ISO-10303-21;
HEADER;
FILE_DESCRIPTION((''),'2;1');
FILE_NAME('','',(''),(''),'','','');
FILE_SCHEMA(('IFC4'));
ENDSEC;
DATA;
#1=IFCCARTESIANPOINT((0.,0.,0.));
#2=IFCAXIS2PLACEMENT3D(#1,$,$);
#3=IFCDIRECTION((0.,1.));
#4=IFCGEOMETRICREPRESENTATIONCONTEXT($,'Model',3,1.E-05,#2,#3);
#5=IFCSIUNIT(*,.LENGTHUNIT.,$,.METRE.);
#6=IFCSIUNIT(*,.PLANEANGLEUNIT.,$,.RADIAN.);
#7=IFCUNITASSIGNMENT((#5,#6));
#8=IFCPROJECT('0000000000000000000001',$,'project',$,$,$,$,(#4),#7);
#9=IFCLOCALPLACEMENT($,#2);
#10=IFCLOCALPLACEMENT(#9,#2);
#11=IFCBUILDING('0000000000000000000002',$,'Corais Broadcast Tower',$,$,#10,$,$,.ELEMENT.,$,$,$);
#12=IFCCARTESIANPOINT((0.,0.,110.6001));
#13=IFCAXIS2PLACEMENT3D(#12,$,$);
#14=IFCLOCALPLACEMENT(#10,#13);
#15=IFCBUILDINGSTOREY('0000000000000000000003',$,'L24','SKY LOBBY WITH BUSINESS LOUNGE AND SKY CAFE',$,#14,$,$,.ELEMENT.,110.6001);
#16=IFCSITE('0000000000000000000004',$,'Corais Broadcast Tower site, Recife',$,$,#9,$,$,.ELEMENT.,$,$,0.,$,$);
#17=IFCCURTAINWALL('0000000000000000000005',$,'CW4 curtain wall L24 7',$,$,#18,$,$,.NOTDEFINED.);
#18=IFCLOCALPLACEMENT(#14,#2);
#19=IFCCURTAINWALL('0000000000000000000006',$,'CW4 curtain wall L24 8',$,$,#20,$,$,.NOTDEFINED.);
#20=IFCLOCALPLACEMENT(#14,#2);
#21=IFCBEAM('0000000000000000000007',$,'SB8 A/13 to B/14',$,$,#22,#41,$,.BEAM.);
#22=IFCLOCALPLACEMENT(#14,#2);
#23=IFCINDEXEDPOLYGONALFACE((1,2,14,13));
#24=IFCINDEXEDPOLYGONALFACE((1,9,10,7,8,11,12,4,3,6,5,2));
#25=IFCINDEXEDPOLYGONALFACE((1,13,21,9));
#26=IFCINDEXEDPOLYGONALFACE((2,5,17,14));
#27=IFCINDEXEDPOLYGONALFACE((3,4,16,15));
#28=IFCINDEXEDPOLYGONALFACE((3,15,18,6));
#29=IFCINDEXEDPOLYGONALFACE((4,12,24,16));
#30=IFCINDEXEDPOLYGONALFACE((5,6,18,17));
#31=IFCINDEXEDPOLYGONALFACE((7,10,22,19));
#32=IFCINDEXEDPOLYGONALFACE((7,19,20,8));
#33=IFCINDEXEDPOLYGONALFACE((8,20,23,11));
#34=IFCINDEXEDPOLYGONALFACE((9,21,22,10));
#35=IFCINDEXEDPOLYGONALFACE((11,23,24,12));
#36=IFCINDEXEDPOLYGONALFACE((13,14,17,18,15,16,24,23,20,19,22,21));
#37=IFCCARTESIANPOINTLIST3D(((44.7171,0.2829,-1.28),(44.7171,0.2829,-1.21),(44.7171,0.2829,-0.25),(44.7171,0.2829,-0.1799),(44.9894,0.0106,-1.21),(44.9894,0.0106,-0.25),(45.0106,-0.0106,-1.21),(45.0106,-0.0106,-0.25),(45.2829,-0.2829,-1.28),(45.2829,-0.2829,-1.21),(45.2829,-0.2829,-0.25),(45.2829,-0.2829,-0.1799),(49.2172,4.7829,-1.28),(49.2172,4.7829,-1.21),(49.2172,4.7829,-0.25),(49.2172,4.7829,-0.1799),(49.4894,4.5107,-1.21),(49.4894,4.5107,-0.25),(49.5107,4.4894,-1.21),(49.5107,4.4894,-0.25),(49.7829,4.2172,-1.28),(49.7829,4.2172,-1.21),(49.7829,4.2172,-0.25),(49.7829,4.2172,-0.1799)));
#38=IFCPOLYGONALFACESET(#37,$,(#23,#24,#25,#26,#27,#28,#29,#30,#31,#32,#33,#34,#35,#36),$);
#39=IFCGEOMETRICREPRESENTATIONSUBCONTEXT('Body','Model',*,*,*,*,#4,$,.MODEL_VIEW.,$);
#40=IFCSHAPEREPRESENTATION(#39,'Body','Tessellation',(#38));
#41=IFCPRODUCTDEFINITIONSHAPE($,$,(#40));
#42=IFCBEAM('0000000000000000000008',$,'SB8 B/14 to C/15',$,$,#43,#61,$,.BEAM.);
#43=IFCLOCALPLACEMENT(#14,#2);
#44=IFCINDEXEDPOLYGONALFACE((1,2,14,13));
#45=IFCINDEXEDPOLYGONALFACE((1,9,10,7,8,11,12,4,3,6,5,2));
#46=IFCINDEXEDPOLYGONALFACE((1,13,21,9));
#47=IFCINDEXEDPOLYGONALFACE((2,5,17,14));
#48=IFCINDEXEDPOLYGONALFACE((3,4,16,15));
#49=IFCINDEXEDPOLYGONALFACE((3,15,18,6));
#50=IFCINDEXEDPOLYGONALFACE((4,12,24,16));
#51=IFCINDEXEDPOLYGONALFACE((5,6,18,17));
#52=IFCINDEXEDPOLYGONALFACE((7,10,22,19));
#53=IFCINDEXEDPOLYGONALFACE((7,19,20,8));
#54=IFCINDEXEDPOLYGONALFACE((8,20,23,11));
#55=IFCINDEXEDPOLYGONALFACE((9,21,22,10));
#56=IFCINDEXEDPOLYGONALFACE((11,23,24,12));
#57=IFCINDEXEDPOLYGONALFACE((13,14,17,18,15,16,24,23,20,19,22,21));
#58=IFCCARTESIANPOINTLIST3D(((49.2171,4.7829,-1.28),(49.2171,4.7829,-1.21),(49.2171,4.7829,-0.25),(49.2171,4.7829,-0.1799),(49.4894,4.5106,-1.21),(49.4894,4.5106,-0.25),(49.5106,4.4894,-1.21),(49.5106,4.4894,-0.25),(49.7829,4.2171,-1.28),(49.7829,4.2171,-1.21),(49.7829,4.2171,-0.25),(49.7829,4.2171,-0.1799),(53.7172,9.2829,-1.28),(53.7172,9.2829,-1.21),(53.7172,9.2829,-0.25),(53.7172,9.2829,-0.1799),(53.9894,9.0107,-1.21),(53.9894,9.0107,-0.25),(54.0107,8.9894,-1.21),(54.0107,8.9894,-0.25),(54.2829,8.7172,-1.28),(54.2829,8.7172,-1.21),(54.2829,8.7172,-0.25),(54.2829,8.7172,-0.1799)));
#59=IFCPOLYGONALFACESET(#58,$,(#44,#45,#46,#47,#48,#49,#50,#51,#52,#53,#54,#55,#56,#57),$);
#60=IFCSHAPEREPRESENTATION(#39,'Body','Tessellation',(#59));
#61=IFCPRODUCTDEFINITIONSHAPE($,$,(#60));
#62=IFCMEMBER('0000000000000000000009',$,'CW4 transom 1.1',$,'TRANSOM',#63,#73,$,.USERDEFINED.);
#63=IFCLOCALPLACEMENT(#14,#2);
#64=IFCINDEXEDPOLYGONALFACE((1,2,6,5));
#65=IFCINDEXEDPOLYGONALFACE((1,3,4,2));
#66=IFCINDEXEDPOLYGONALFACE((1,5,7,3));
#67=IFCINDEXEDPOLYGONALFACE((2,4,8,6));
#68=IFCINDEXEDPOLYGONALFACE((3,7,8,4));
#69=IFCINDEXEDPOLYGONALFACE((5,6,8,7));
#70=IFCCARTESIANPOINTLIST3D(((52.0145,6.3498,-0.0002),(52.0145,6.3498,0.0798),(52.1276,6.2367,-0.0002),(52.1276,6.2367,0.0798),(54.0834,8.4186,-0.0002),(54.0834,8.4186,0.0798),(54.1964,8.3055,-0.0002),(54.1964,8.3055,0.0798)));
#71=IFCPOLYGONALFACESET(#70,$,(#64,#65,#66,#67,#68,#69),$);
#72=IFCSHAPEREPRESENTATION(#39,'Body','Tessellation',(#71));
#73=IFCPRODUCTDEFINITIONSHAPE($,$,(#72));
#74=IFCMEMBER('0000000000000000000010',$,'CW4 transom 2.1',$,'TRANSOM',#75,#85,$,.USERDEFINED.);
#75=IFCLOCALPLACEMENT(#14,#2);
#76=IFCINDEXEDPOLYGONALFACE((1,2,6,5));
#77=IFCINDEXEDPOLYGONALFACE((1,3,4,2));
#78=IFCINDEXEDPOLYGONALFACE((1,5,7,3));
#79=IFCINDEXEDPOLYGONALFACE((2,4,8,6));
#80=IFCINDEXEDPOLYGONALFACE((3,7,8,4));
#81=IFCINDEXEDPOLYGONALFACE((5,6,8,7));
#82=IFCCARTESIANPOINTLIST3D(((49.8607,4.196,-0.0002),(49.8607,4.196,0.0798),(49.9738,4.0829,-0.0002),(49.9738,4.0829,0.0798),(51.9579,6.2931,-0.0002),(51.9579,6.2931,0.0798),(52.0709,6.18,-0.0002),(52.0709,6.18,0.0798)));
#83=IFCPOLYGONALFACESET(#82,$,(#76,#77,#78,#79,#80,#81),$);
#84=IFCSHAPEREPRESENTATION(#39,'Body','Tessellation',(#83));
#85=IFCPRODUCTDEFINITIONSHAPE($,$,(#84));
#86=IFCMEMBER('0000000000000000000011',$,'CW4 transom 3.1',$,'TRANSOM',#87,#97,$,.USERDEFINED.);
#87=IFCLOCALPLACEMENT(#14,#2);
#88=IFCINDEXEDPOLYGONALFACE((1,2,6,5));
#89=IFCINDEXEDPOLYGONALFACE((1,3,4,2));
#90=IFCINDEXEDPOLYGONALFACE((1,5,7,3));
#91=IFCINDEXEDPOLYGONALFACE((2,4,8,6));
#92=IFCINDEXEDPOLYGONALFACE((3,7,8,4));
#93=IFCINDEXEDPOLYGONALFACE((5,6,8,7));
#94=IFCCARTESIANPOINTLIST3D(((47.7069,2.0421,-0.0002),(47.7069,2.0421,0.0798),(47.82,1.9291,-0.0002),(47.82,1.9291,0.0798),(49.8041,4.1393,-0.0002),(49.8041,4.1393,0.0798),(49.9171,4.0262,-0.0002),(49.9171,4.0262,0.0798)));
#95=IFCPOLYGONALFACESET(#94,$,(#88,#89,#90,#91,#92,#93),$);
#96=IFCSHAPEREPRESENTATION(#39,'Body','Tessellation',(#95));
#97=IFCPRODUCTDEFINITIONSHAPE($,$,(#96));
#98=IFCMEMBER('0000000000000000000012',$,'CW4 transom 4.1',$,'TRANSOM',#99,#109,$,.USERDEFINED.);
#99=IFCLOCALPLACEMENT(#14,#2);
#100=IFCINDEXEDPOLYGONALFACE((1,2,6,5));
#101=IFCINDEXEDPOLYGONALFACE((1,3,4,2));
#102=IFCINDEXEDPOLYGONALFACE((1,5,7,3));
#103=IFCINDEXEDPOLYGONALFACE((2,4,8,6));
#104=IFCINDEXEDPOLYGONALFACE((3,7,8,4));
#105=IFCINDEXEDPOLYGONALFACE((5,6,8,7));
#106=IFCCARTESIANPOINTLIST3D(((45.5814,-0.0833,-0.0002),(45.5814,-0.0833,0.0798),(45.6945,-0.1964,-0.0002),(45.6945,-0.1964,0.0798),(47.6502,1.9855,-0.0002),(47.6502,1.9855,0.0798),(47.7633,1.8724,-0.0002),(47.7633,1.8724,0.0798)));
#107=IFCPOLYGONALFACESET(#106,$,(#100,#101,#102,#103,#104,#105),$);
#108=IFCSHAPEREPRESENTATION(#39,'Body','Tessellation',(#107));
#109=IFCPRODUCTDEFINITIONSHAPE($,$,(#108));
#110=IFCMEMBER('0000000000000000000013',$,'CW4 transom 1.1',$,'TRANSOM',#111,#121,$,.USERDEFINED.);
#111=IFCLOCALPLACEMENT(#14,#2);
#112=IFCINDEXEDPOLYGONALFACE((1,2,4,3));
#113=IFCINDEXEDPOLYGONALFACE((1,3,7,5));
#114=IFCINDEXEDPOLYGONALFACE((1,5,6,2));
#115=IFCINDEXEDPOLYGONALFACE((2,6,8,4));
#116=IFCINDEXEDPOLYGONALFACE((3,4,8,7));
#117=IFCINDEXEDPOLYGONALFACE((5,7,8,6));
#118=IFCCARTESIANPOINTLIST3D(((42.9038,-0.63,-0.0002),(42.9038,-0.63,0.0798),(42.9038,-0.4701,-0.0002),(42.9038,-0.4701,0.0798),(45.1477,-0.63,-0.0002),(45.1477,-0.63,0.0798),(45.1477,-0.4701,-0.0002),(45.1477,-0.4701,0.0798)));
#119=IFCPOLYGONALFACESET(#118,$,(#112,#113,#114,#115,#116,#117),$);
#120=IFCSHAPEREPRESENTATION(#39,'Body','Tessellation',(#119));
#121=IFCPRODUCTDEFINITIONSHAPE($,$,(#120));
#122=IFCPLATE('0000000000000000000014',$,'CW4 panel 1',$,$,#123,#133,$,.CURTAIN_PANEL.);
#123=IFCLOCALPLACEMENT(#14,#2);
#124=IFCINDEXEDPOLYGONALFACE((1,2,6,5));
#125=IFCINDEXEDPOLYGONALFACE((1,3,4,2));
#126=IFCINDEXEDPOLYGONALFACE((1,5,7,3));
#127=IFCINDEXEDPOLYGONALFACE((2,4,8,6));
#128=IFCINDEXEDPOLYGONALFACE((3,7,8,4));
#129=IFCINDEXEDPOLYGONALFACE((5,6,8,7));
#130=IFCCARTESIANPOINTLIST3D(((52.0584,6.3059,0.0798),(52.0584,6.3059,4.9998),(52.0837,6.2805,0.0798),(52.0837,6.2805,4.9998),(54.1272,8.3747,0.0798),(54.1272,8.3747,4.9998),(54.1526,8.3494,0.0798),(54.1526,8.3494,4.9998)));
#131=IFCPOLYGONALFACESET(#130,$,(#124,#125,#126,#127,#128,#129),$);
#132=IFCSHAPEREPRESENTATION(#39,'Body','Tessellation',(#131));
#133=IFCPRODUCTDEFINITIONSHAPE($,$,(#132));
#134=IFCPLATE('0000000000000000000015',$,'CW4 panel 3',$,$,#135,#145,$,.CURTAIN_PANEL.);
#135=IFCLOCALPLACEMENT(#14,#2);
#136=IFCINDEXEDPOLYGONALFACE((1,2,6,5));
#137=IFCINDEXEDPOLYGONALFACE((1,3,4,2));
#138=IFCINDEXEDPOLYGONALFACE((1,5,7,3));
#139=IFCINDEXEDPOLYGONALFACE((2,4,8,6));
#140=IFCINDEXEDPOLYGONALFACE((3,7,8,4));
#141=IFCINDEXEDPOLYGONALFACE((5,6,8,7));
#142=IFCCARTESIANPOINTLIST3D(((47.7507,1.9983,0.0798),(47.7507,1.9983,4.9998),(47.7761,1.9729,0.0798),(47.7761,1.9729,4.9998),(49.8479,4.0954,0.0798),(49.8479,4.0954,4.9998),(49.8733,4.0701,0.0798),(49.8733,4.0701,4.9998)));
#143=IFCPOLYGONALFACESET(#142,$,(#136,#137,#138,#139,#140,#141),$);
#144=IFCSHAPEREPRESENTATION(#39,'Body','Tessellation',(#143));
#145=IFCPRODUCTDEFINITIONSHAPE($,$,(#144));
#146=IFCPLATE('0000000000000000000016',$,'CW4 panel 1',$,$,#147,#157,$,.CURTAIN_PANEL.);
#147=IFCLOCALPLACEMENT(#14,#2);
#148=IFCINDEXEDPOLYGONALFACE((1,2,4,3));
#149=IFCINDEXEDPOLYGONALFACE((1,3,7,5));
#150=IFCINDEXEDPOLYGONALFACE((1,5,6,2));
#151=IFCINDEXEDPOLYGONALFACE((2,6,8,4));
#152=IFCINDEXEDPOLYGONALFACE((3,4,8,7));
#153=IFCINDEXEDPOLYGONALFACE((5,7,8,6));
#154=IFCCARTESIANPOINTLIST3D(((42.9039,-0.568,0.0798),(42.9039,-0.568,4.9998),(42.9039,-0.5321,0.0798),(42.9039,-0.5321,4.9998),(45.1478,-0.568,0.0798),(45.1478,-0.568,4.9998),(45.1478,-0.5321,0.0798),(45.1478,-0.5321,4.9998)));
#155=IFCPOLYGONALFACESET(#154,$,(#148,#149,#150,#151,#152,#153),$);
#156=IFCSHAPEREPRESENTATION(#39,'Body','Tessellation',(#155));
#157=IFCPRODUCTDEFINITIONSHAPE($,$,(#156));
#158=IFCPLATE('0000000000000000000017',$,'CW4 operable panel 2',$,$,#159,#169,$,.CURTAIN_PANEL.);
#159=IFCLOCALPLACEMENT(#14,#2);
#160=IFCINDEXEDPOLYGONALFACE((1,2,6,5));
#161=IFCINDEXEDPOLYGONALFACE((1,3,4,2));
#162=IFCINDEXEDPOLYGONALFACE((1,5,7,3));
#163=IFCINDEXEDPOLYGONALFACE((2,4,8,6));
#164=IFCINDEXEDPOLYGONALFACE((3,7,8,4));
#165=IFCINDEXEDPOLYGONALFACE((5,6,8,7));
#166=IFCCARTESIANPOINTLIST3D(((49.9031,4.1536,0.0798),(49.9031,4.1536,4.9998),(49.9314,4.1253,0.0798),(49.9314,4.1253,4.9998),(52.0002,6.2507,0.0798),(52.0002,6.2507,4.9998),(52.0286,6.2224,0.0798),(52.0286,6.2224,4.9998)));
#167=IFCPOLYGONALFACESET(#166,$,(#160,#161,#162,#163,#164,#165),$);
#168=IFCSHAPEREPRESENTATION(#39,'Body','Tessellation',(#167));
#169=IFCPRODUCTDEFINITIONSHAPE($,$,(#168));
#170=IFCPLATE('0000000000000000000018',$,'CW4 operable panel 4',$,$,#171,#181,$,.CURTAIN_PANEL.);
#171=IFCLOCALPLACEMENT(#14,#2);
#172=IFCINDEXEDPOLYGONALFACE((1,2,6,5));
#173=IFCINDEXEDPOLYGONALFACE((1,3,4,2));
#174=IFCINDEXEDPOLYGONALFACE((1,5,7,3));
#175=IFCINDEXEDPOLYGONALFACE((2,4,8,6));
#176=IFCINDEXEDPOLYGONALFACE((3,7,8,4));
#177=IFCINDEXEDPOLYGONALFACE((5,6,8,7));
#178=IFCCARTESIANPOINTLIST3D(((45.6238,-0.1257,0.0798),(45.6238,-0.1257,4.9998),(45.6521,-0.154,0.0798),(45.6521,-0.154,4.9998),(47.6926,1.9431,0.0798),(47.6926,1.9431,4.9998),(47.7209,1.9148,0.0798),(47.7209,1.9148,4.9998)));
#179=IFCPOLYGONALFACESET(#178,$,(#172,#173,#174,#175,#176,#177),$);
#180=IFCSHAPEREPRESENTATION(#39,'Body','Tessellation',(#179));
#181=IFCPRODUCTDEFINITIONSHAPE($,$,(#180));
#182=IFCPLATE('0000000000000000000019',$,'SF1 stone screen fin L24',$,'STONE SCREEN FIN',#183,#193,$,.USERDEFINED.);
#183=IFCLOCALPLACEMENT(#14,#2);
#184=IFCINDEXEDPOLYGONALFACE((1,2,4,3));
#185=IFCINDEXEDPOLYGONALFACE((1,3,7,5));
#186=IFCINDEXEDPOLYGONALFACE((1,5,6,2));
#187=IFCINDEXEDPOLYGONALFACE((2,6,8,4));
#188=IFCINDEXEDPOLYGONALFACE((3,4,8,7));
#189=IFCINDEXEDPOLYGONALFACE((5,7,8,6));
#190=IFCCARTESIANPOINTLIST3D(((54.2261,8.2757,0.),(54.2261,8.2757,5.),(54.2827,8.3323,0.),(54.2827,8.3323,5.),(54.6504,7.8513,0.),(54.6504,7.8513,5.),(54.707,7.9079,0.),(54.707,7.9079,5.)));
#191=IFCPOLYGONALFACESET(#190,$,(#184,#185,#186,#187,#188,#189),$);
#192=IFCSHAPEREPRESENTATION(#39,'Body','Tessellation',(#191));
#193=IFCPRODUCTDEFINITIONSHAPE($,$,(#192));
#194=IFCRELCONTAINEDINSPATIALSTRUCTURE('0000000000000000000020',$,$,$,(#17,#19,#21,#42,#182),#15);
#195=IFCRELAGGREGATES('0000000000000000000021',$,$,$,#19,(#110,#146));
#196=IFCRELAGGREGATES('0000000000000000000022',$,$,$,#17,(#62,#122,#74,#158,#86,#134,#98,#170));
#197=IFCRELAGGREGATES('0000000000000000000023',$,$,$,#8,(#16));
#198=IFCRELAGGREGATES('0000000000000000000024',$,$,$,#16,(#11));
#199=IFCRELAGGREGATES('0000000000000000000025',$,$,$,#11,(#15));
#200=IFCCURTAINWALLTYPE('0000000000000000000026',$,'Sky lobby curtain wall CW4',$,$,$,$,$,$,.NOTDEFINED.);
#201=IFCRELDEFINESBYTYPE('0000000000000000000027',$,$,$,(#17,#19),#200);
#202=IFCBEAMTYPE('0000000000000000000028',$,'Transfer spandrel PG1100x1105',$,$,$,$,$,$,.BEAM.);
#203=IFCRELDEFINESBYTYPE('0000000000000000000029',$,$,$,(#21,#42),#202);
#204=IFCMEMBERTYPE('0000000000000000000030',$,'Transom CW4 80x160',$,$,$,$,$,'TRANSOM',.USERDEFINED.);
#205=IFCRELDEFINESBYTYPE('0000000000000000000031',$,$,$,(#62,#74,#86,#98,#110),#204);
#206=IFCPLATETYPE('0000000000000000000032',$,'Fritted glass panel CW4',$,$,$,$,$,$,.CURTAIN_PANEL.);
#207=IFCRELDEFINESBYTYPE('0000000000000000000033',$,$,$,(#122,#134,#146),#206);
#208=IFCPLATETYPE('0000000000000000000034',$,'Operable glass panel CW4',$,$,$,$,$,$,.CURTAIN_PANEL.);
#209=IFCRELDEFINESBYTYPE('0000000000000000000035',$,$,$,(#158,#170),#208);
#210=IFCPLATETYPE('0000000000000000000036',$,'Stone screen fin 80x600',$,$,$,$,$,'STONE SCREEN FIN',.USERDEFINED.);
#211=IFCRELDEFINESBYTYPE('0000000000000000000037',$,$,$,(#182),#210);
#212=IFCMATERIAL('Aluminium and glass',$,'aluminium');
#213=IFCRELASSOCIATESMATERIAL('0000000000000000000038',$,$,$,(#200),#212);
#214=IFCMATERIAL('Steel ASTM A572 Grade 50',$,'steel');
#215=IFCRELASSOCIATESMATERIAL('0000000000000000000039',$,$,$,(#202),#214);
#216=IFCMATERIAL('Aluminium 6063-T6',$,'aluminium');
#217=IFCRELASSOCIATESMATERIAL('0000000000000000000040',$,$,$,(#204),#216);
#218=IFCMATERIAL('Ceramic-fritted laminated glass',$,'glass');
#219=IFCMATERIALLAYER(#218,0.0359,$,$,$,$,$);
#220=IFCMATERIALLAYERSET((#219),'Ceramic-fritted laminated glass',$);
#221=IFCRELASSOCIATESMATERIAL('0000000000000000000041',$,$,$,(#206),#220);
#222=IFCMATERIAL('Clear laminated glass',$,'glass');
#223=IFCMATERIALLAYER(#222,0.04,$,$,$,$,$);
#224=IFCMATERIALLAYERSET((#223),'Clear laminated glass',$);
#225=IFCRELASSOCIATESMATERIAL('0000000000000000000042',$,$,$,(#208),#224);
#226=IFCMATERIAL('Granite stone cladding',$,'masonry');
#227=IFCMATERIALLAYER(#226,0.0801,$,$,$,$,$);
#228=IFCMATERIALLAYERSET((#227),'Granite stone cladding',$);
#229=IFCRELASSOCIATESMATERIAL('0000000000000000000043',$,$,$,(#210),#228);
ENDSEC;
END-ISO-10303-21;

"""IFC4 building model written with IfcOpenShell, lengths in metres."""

from ifc_helpers import new_model, si_unit, direction, frame, origin, origin_2d, place, context, subcontext, project, spatial, rectangle, i_section, extrude, material, layer, layer_set, material_profile, profile_set, type_object, element, aggregate, save


model = new_model("IFC4")

# Units and contexts
model_context = context("Model", 3, precision=1e-05, world=origin(), true_north=direction((0.0, 1.0)))
body_context = subcontext(model_context, "Body", "Model", "MODEL_VIEW")
ifc_project = project(units=[si_unit("LENGTHUNIT", "METRE"), si_unit("PLANEANGLEUNIT", "RADIAN")], contexts=[model_context])

# Site, building, storey
site_placement = place(None, origin())
site = spatial("IfcSite", under=ifc_project, at=site_placement, Name="Corais Broadcast Tower site, Recife", CompositionType="ELEMENT", RefElevation=0.0)
building_placement = place(site_placement, origin())
building = spatial("IfcBuilding", under=site, at=building_placement, Name="Corais Broadcast Tower", CompositionType="ELEMENT")
storey_placement = place(building_placement, frame((0.0, 0.0, 110.6001)))
storey = spatial("IfcBuildingStorey", under=building, at=storey_placement, Name="L24", Description="SKY LOBBY WITH BUSINESS LOUNGE AND SKY CAFE", CompositionType="ELEMENT", Elevation=110.6001)

# Shared definitions
ifc_material_1 = material(Name="Aluminium and glass", Category="aluminium")
curtain_wall_type = type_object("IfcCurtainWallType", Name="Sky lobby curtain wall CW4", PredefinedType="NOTDEFINED", material=ifc_material_1)

# Curtain wall
curtain_wall_1_placement = place(storey_placement, origin())
curtain_wall_1 = element("IfcCurtainWall", 1, at=curtain_wall_1_placement, inside=storey, type_object=curtain_wall_type, Name="CW4 curtain wall L24 7", PredefinedType="NOTDEFINED")

# Curtain wall
curtain_wall_2_placement = place(storey_placement, origin())
curtain_wall_2 = element("IfcCurtainWall", 2, at=curtain_wall_2_placement, inside=storey, type_object=curtain_wall_type, Name="CW4 curtain wall L24 8", PredefinedType="NOTDEFINED")

# Beams
ifc_material_2 = material(Name="Steel ASTM A572 Grade 50", Category="steel")
ifc_material_profile_1 = material_profile(ifc_material_2, i_section(OverallWidth=0.8, OverallDepth=1.1001, WebThickness=0.03, FlangeThickness=0.0701, at=origin_2d()), Name="PG1100x1105")
ifc_profile_set_1 = profile_set([ifc_material_profile_1], Name="Steel ASTM A572 Grade 50")
beam_type_1 = type_object("IfcBeamType", Name="Transfer spandrel PG1100x1105", PredefinedType="BEAM", material=ifc_profile_set_1)
for number, where, z_axis, x_axis, name in (
    (3, (45.0, 0.0, -0.73), (0.707107, 0.707107, 0.0), (-0.707107, 0.707107, 0.0), "SB8 A/13 to B/14"),
    (4, (49.5, 4.5, -0.73), (0.707107, 0.707107, 0.0), (-0.707107, 0.707107, 0.0), "SB8 B/14 to C/15"),
):
    element("IfcBeam", number, at=place(storey_placement, frame(where, z_axis=z_axis, x_axis=x_axis)), inside=storey, type_object=beam_type_1, Name=name, PredefinedType="BEAM", context=body_context, shape_type="SweptSolid", body=[
        extrude(i_section(OverallWidth=0.8, OverallDepth=1.1001, WebThickness=0.03, FlangeThickness=0.0701, at=origin_2d()), origin(), (0.0, 0.0, 1.0), 6.364),
    ])

# Members
ifc_material_3 = material(Name="Aluminium 6063-T6", Category="aluminium")
ifc_material_profile_2 = material_profile(ifc_material_3, rectangle(XDim=0.1599, YDim=0.0801, at=origin_2d()), Name="Transom CW4 80x160")
ifc_profile_set_2 = profile_set([ifc_material_profile_2], Name="Aluminium 6063-T6")
member_type_1 = type_object("IfcMemberType", Name="Transom CW4 80x160", ElementType="TRANSOM", PredefinedType="USERDEFINED", material=ifc_profile_set_2)
member_1_placement = place(storey_placement, frame((54.1399, 8.3621, 0.0398), z_axis=(-0.707107, -0.707107, 0.0), x_axis=(0.707107, -0.707107, 0.0)))
member_1 = element("IfcMember", 5, at=member_1_placement, type_object=member_type_1, Name="CW4 transom 1.1", ObjectType="TRANSOM", PredefinedType="USERDEFINED", context=body_context, shape_type="SweptSolid", body=[
    extrude(rectangle(XDim=0.1599, YDim=0.0801, at=origin_2d()), origin(), (0.0, 0.0, 1.0), 2.9258),
])
member_2_placement = place(storey_placement, frame((52.0144, 6.2366, 0.0398), z_axis=(-0.707107, -0.707107, 0.0), x_axis=(0.707107, -0.707107, 0.0)))
member_2 = element("IfcMember", 6, at=member_2_placement, type_object=member_type_1, Name="CW4 transom 2.1", ObjectType="TRANSOM", PredefinedType="USERDEFINED", context=body_context, shape_type="SweptSolid", body=[
    extrude(rectangle(XDim=0.1599, YDim=0.0801, at=origin_2d()), origin(), (0.0, 0.0, 1.0), 2.9658),
])
member_3_placement = place(storey_placement, frame((49.8606, 4.0828, 0.0398), z_axis=(-0.707107, -0.707107, 0.0), x_axis=(0.707107, -0.707107, 0.0)))
member_3 = element("IfcMember", 7, at=member_3_placement, type_object=member_type_1, Name="CW4 transom 3.1", ObjectType="TRANSOM", PredefinedType="USERDEFINED", context=body_context, shape_type="SweptSolid", body=[
    extrude(rectangle(XDim=0.1599, YDim=0.0801, at=origin_2d()), origin(), (0.0, 0.0, 1.0), 2.9658),
])
member_4_placement = place(storey_placement, frame((47.7068, 1.929, 0.0398), z_axis=(-0.707107, -0.707107, 0.0), x_axis=(0.707107, -0.707107, 0.0)))
member_4 = element("IfcMember", 8, at=member_4_placement, type_object=member_type_1, Name="CW4 transom 4.1", ObjectType="TRANSOM", PredefinedType="USERDEFINED", context=body_context, shape_type="SweptSolid", body=[
    extrude(rectangle(XDim=0.1599, YDim=0.0801, at=origin_2d()), origin(), (0.0, 0.0, 1.0), 2.9258),
])
member_5_placement = place(storey_placement, frame((45.1477, -0.55, 0.0398), z_axis=(-1.0, 0.0, 0.0), x_axis=(0.0, -1.0, 0.0)))
member_5 = element("IfcMember", 9, at=member_5_placement, type_object=member_type_1, Name="CW4 transom 1.1", ObjectType="TRANSOM", PredefinedType="USERDEFINED", context=body_context, shape_type="SweptSolid", body=[
    extrude(rectangle(XDim=0.1599, YDim=0.0801, at=origin_2d()), origin(), (0.0, 0.0, 1.0), 2.2439),
])

# Plates
ifc_material_4 = material(Name="Ceramic-fritted laminated glass", Category="glass")
ifc_layer_1 = layer(ifc_material_4, 0.0359)
ifc_layer_set_1 = layer_set([ifc_layer_1], Name="Ceramic-fritted laminated glass")
plate_type_1 = type_object("IfcPlateType", Name="Fritted glass panel CW4", PredefinedType="CURTAIN_PANEL", material=ifc_layer_set_1)
plate_1_placement = place(storey_placement, frame((53.1055, 7.3276, 0.0798), z_axis=(0.0, 0.0, 1.0), x_axis=(-0.707107, -0.707107, 0.0)))
plate_1 = element("IfcPlate", 10, at=plate_1_placement, type_object=plate_type_1, Name="CW4 panel 1", PredefinedType="CURTAIN_PANEL", context=body_context, shape_type="SweptSolid", body=[
    extrude(rectangle(XDim=2.9258, YDim=0.0359, at=origin_2d()), origin(), (0.0, 0.0, 1.0), 4.9199),
])
plate_2_placement = place(storey_placement, frame((48.812, 3.0342, 0.0798), z_axis=(0.0, 0.0, 1.0), x_axis=(-0.707107, -0.707107, 0.0)))
plate_2 = element("IfcPlate", 11, at=plate_2_placement, type_object=plate_type_1, Name="CW4 panel 3", PredefinedType="CURTAIN_PANEL", context=body_context, shape_type="SweptSolid", body=[
    extrude(rectangle(XDim=2.9658, YDim=0.0359, at=origin_2d()), origin(), (0.0, 0.0, 1.0), 4.9199),
])
plate_3_placement = place(storey_placement, frame((44.0259, -0.55, 0.0798), z_axis=(0.0, 0.0, 1.0), x_axis=(-1.0, 0.0, 0.0)))
plate_3 = element("IfcPlate", 12, at=plate_3_placement, type_object=plate_type_1, Name="CW4 panel 1", PredefinedType="CURTAIN_PANEL", context=body_context, shape_type="SweptSolid", body=[
    extrude(rectangle(XDim=2.2439, YDim=0.0359, at=origin_2d()), origin(), (0.0, 0.0, 1.0), 4.9199),
])
aggregate(curtain_wall_2, [member_5, plate_3])
ifc_material_5 = material(Name="Clear laminated glass", Category="glass")
ifc_layer_2 = layer(ifc_material_5, 0.04)
ifc_layer_set_2 = layer_set([ifc_layer_2], Name="Clear laminated glass")
plate_type_2 = type_object("IfcPlateType", Name="Operable glass panel CW4", PredefinedType="CURTAIN_PANEL", material=ifc_layer_set_2)
plate_4_placement = place(storey_placement, frame((50.9658, 5.188, 0.0798), z_axis=(0.0, 0.0, 1.0), x_axis=(-0.707107, -0.707107, 0.0)))
plate_4 = element("IfcPlate", 13, at=plate_4_placement, type_object=plate_type_2, Name="CW4 operable panel 2", PredefinedType="CURTAIN_PANEL", context=body_context, shape_type="SweptSolid", body=[
    extrude(rectangle(XDim=2.9658, YDim=0.04, at=origin_2d()), origin(), (0.0, 0.0, 1.0), 4.9199),
])
plate_5_placement = place(storey_placement, frame((46.6724, 0.8945, 0.0798), z_axis=(0.0, 0.0, 1.0), x_axis=(-0.707107, -0.707107, 0.0)))
plate_5 = element("IfcPlate", 14, at=plate_5_placement, type_object=plate_type_2, Name="CW4 operable panel 4", PredefinedType="CURTAIN_PANEL", context=body_context, shape_type="SweptSolid", body=[
    extrude(rectangle(XDim=2.9258, YDim=0.04, at=origin_2d()), origin(), (0.0, 0.0, 1.0), 4.9199),
])
aggregate(curtain_wall_1, [member_1, plate_1, member_2, plate_4, member_3, plate_2, member_4, plate_5])

# Plate
ifc_material_6 = material(Name="Granite stone cladding", Category="masonry")
ifc_layer_3 = layer(ifc_material_6, 0.0801)
ifc_layer_set_3 = layer_set([ifc_layer_3], Name="Granite stone cladding")
plate_type_3 = type_object("IfcPlateType", Name="Stone screen fin 80x600", ElementType="STONE SCREEN FIN", PredefinedType="USERDEFINED", material=ifc_layer_set_3)
for number, where, z_axis, x_axis, name in (
    (15, (54.4666, 8.0918, 0.0), (0.0, 0.0, 1.0), (-0.707107, -0.707107, 0.0), "SF1 stone screen fin L24"),
):
    element("IfcPlate", number, at=place(storey_placement, frame(where, z_axis=z_axis, x_axis=x_axis)), inside=storey, type_object=plate_type_3, Name=name, ObjectType="STONE SCREEN FIN", PredefinedType="USERDEFINED", context=body_context, shape_type="SweptSolid", body=[
        extrude(rectangle(XDim=0.0801, YDim=0.6001, at=origin_2d()), origin(), (0.0, 0.0, 1.0), 5.0),
    ])

save(model, "model.ifc")
